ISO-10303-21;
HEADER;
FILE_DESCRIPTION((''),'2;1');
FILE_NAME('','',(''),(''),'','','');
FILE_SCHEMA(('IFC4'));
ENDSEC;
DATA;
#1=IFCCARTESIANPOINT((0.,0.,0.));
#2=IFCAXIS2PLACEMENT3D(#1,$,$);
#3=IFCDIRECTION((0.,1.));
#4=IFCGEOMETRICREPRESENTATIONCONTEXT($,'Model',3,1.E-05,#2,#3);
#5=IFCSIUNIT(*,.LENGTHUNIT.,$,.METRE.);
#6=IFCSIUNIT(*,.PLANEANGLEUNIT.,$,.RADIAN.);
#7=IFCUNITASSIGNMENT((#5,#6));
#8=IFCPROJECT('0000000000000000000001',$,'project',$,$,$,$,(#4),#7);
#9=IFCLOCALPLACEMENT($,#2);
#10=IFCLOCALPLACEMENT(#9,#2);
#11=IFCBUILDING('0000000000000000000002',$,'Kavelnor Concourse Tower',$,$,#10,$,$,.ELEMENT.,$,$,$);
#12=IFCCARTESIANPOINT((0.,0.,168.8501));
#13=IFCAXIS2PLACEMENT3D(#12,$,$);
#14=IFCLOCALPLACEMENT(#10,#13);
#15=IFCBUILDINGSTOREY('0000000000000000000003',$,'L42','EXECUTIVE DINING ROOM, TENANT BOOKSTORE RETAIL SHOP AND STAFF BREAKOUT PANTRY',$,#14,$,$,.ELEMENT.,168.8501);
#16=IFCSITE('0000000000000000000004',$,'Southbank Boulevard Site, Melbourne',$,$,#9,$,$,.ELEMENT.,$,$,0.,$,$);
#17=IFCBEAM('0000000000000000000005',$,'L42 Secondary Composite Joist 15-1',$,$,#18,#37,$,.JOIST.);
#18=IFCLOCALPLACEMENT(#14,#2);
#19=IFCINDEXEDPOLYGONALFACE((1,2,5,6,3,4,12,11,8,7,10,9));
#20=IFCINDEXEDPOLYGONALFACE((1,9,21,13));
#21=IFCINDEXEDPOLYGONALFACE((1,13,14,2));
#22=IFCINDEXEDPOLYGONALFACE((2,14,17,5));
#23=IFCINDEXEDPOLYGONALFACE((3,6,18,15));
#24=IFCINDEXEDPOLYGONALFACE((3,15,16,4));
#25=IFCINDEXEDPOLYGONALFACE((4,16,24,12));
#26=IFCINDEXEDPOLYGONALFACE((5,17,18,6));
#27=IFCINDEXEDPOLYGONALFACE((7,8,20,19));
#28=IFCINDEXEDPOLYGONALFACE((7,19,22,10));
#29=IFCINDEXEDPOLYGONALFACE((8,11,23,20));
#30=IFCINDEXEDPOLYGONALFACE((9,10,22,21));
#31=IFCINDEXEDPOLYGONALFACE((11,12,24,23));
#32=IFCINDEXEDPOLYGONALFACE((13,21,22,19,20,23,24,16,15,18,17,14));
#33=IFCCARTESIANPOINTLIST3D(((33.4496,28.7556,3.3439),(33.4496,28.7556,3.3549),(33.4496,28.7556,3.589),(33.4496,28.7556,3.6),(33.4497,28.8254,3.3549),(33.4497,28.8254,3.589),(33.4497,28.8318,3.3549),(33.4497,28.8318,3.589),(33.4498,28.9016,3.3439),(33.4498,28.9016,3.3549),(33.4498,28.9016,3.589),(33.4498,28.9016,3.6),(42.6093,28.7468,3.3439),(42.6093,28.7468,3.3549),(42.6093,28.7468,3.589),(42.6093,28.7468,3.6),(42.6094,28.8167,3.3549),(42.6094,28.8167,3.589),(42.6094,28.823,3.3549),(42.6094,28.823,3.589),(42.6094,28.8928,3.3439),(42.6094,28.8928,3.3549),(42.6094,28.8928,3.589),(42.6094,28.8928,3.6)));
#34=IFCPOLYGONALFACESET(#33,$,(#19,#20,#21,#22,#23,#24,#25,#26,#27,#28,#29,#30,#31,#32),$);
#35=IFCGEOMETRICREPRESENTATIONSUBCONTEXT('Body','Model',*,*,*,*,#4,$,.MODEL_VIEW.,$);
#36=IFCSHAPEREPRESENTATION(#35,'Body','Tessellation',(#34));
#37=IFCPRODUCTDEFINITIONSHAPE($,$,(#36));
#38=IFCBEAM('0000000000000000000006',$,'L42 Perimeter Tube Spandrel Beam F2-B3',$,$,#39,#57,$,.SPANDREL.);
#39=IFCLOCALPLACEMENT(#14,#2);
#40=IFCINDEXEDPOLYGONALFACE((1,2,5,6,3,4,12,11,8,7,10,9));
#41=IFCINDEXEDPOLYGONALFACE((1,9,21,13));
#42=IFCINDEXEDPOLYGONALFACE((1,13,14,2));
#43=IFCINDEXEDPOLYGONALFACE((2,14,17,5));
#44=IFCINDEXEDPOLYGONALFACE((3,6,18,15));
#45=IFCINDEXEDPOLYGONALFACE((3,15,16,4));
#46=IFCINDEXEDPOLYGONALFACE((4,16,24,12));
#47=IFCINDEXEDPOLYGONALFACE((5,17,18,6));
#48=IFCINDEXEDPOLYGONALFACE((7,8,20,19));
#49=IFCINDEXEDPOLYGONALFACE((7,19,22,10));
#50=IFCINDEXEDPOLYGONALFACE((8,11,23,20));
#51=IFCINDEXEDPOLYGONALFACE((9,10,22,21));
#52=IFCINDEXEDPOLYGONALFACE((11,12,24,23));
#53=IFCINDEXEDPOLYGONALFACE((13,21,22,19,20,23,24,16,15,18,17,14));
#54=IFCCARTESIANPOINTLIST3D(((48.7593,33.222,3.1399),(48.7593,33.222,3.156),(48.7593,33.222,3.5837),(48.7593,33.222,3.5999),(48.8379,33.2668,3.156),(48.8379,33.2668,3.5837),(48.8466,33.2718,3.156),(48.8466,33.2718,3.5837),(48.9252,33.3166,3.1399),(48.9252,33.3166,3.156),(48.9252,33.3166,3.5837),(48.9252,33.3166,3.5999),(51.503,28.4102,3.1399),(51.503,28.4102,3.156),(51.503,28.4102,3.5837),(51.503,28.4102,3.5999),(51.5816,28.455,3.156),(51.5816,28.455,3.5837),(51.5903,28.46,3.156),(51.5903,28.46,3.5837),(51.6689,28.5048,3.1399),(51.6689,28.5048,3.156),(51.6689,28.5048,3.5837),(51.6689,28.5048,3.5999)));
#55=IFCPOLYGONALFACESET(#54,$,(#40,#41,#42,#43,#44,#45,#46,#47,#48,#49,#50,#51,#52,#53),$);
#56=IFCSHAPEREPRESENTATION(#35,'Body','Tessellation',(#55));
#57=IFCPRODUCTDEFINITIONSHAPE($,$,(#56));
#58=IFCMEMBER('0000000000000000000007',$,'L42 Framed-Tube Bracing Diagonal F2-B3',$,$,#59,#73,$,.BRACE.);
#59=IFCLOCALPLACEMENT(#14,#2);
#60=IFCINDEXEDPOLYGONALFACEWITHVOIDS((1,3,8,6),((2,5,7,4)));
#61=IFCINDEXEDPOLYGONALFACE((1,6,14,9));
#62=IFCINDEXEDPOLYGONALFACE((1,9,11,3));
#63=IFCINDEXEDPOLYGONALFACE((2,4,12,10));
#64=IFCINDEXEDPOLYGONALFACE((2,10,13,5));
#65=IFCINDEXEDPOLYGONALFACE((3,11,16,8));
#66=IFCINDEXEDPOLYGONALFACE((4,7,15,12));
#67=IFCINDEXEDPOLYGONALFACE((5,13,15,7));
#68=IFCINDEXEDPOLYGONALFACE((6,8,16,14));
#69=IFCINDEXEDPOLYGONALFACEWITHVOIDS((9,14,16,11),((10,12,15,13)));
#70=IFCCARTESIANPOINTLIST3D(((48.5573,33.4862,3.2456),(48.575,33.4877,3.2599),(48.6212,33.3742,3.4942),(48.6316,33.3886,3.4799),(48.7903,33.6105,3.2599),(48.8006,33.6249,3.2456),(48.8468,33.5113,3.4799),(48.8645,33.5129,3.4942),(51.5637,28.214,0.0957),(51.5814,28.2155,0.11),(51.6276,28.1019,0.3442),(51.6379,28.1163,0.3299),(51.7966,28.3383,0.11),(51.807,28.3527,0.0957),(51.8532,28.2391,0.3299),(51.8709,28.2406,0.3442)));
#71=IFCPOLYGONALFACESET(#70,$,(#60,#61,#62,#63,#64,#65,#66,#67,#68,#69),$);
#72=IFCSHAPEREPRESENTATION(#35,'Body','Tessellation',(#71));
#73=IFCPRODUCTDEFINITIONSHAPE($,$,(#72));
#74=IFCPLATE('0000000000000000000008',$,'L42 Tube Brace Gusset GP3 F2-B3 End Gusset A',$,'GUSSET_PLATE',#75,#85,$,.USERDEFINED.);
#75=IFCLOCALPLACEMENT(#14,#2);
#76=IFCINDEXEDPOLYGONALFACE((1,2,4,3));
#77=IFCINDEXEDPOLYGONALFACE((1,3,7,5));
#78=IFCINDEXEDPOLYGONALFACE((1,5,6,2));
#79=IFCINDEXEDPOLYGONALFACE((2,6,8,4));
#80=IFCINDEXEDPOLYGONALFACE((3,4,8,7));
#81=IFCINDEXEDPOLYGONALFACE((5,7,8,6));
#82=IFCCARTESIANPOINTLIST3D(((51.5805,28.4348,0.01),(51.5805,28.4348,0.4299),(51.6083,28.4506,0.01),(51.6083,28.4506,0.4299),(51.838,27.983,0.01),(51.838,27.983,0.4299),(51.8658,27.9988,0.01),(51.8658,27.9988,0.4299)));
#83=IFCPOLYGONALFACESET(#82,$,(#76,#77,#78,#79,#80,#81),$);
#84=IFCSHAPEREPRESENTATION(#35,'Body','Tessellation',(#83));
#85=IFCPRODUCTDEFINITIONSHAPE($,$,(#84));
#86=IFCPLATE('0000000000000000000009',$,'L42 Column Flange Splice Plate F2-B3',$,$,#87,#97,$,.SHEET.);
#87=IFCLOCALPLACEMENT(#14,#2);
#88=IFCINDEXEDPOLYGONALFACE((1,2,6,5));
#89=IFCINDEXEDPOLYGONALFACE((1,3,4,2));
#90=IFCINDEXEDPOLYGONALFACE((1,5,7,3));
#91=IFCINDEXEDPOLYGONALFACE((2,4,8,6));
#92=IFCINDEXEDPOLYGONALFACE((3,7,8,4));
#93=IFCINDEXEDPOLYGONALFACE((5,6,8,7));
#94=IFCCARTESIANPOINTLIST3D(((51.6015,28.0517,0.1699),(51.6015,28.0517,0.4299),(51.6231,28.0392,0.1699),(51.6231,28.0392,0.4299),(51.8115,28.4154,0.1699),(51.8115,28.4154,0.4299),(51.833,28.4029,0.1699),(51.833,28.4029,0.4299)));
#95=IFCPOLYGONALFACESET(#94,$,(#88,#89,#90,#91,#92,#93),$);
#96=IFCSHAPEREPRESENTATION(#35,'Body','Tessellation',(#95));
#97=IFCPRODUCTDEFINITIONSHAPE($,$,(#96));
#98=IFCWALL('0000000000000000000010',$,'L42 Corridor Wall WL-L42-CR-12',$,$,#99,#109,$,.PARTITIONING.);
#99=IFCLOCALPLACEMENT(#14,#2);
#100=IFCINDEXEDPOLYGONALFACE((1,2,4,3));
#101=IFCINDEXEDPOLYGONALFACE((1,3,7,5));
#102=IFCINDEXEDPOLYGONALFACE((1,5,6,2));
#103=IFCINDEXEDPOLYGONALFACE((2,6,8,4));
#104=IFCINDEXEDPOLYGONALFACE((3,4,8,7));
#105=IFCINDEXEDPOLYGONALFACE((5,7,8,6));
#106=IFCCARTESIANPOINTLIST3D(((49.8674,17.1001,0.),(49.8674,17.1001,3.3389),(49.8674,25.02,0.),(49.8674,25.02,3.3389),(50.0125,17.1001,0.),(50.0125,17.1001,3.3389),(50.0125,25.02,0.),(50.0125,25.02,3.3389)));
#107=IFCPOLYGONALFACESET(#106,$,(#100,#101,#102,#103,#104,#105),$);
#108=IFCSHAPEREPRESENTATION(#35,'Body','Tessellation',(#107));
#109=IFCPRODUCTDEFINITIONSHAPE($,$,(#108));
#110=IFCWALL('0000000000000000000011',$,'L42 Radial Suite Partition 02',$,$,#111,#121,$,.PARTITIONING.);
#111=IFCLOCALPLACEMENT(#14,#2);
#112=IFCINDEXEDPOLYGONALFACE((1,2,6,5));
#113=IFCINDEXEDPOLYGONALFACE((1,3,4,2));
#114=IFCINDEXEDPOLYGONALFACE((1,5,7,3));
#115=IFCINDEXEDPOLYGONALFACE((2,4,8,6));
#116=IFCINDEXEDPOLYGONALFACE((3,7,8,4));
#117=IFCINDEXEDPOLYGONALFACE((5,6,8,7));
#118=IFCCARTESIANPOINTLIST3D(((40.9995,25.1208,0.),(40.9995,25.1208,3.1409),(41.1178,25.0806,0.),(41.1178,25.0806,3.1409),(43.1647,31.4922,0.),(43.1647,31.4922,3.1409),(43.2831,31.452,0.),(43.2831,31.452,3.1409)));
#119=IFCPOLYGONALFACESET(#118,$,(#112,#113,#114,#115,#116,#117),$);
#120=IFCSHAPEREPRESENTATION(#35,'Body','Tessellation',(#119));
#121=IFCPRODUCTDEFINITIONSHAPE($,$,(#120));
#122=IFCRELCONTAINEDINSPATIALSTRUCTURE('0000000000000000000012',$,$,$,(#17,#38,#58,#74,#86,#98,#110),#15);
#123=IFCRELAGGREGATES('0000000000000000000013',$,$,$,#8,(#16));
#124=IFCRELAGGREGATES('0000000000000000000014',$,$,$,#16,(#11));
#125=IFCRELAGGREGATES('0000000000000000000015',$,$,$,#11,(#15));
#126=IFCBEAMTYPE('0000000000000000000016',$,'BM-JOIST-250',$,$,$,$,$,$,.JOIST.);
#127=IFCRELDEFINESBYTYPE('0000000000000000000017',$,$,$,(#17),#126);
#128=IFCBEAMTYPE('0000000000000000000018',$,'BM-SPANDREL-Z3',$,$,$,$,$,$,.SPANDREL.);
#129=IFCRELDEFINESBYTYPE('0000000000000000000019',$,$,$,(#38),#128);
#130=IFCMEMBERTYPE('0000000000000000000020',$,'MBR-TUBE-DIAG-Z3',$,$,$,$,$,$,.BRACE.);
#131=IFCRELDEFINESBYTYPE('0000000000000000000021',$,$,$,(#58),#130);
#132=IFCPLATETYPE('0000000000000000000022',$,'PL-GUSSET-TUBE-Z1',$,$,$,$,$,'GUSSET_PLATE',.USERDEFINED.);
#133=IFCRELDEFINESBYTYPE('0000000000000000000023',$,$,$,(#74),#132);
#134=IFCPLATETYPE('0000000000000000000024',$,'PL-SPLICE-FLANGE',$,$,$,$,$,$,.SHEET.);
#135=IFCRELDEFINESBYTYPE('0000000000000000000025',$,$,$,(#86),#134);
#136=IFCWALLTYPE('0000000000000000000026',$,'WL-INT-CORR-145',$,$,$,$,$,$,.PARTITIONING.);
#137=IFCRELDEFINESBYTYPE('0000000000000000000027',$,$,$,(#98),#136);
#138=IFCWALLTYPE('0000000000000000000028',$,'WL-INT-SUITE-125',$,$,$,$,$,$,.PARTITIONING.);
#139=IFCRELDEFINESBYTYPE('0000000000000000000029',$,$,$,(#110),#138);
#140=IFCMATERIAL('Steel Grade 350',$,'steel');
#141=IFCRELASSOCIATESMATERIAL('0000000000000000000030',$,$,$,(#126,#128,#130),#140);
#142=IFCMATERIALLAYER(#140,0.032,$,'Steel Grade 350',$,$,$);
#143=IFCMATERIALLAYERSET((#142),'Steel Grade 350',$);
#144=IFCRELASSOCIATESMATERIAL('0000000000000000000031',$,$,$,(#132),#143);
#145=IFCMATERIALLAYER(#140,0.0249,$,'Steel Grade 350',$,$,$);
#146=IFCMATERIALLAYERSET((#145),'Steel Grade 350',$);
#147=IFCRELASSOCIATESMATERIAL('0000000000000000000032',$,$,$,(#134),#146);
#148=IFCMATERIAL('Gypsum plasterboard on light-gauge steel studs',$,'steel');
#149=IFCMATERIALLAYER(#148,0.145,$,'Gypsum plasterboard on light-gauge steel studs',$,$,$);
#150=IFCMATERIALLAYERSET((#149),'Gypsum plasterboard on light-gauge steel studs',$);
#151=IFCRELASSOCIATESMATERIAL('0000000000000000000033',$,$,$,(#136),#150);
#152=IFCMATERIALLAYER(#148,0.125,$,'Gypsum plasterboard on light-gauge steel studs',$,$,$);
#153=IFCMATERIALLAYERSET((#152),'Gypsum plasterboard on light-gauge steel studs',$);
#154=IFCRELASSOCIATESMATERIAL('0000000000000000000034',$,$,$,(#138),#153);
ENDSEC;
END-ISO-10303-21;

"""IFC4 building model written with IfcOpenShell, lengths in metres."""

from ifc_helpers import new_model, si_unit, direction, frame, frame_2d, origin, origin_2d, place, context, subcontext, project, spatial, rectangle, hollow_rectangle, i_section, extrude, material, layer, layer_set, material_profile, profile_set, type_object, element, save


model = new_model("IFC4")

# Units and contexts
model_context = context("Model", 3, precision=1e-05, world=origin(), true_north=direction((0.0, 1.0)))
body_context = subcontext(model_context, "Body", "Model", "MODEL_VIEW")
ifc_project = project(units=[si_unit("LENGTHUNIT", "METRE"), si_unit("PLANEANGLEUNIT", "RADIAN")], contexts=[model_context])

# Site, building, storey
site_placement = place(None, origin())
site = spatial("IfcSite", under=ifc_project, at=site_placement, Name="Southbank Boulevard Site, Melbourne", CompositionType="ELEMENT", RefElevation=0.0)
building_placement = place(site_placement, origin())
building = spatial("IfcBuilding", under=site, at=building_placement, Name="Kavelnor Concourse Tower", CompositionType="ELEMENT")
storey_placement = place(building_placement, frame((0.0, 0.0, 168.8501)))
storey = spatial("IfcBuildingStorey", under=building, at=storey_placement, Name="L42", Description="EXECUTIVE DINING ROOM, TENANT BOOKSTORE RETAIL SHOP AND STAFF BREAKOUT PANTRY", CompositionType="ELEMENT", Elevation=168.8501)

# Shared definitions
ifc_material_1 = material(Name="Steel Grade 350", Category="steel")

# Beams
ifc_material_profile_1 = material_profile(ifc_material_1, i_section(OverallWidth=0.146, OverallDepth=0.2561, WebThickness=0.0063, FlangeThickness=0.011, at=origin_2d()), Name="250UB37")
ifc_profile_set_1 = profile_set([ifc_material_profile_1], Name="Steel Grade 350")
beam_type_1 = type_object("IfcBeamType", Name="BM-JOIST-250", PredefinedType="JOIST", material=ifc_profile_set_1)
beam_1_placement = place(storey_placement, frame((42.6094, 28.8198, 3.4719), z_axis=(-1.0, 0.00096, 0.0), x_axis=(-0.00096, -1.0, 0.0)))
element("IfcBeam", 1, at=beam_1_placement, inside=storey, type_object=beam_type_1, Name="L42 Secondary Composite Joist 15-1", PredefinedType="JOIST", context=body_context, shape_type="SweptSolid", body=[
    extrude(i_section(OverallWidth=0.146, OverallDepth=0.2561, WebThickness=0.0063, FlangeThickness=0.011, at=origin_2d()), origin(), (0.0, 0.0, 1.0), 9.1597),
])
ifc_material_profile_2 = material_profile(ifc_material_1, i_section(OverallWidth=0.1909, OverallDepth=0.46, WebThickness=0.01, FlangeThickness=0.0161, at=origin_2d()), Name="460UB82")
ifc_profile_set_2 = profile_set([ifc_material_profile_2], Name="Steel Grade 350")
beam_type_2 = type_object("IfcBeamType", Name="BM-SPANDREL-Z3", PredefinedType="SPANDREL", material=ifc_profile_set_2)
beam_2_placement = place(storey_placement, frame((51.5859, 28.4575, 3.3699), z_axis=(-0.495332, 0.868704, 0.0), x_axis=(-0.868704, -0.495332, 0.0)))
element("IfcBeam", 2, at=beam_2_placement, inside=storey, type_object=beam_type_2, Name="L42 Perimeter Tube Spandrel Beam F2-B3", PredefinedType="SPANDREL", context=body_context, shape_type="SweptSolid", body=[
    extrude(i_section(OverallWidth=0.1909, OverallDepth=0.46, WebThickness=0.01, FlangeThickness=0.0161, at=origin_2d()), origin(), (0.0, 0.0, 1.0), 5.5391),
])

# Member
ifc_material_profile_3 = material_profile(ifc_material_1, hollow_rectangle(XDim=0.28, YDim=0.28, WallThickness=0.0161, at=origin_2d()), Name="SHS 280x280x16")
ifc_profile_set_3 = profile_set([ifc_material_profile_3], Name="Steel Grade 350")
member_type = type_object("IfcMemberType", Name="MBR-TUBE-DIAG-Z3", PredefinedType="BRACE", material=ifc_profile_set_3)
member_placement = place(storey_placement, frame((51.7173, 28.2273, 0.22), z_axis=(-0.439662, 0.771034, 0.460656), x_axis=(-0.868693, -0.49535, 0.0)))
element("IfcMember", 3, at=member_placement, inside=storey, type_object=member_type, Name="L42 Framed-Tube Bracing Diagonal F2-B3", PredefinedType="BRACE", context=body_context, shape_type="SweptSolid", body=[
    extrude(hollow_rectangle(XDim=0.28, YDim=0.28, WallThickness=0.0161, at=origin_2d()), origin(), (0.0, 0.0, 1.0), 6.8379),
])

# Plates
ifc_layer_1 = layer(ifc_material_1, 0.032, Name="Steel Grade 350")
ifc_layer_set_1 = layer_set([ifc_layer_1], Name="Steel Grade 350")
plate_type_1 = type_object("IfcPlateType", Name="PL-GUSSET-TUBE-Z1", ElementType="GUSSET_PLATE", PredefinedType="USERDEFINED", material=ifc_layer_set_1)
plate_1_placement = place(storey_placement, frame((51.7231, 28.2168, 0.01), z_axis=(0.0, 0.0, 1.0), x_axis=(-0.495307, 0.868718, 0.0)))
element("IfcPlate", 4, at=plate_1_placement, inside=storey, type_object=plate_type_1, Name="L42 Tube Brace Gusset GP3 F2-B3 End Gusset A", ObjectType="GUSSET_PLATE", PredefinedType="USERDEFINED", context=body_context, shape_type="SweptSolid", body=[
    extrude(rectangle(XDim=0.52, YDim=0.032, at=origin_2d()), origin(), (0.0, 0.0, 1.0), 0.4199),
])
ifc_layer_2 = layer(ifc_material_1, 0.0249, Name="Steel Grade 350")
ifc_layer_set_2 = layer_set([ifc_layer_2], Name="Steel Grade 350")
plate_type_2 = type_object("IfcPlateType", Name="PL-SPLICE-FLANGE", PredefinedType="SHEET", material=ifc_layer_set_2)
plate_2_placement = place(storey_placement, frame((51.7173, 28.2273, 0.1699), z_axis=(0.0, 0.0, 1.0), x_axis=(-0.5, -0.866025, 0.0)))
element("IfcPlate", 5, at=plate_2_placement, inside=storey, type_object=plate_type_2, Name="L42 Column Flange Splice Plate F2-B3", PredefinedType="SHEET", context=body_context, shape_type="SweptSolid", body=[
    extrude(rectangle(XDim=0.4199, YDim=0.0249, at=origin_2d()), origin(), (0.0, 0.0, 1.0), 0.26),
])

# Walls
ifc_material_2 = material(Name="Gypsum plasterboard on light-gauge steel studs", Category="steel")
ifc_layer_3 = layer(ifc_material_2, 0.145, Name="Gypsum plasterboard on light-gauge steel studs")
ifc_layer_set_3 = layer_set([ifc_layer_3], Name="Gypsum plasterboard on light-gauge steel studs")
wall_type_1 = type_object("IfcWallType", Name="WL-INT-CORR-145", PredefinedType="PARTITIONING", material=ifc_layer_set_3)
wall_1_placement = place(storey_placement, frame((49.9399, 25.02, 0.0), z_axis=(0.0, 0.0, 1.0), x_axis=(0.0, -1.0, 0.0)))
element("IfcWall", 6, at=wall_1_placement, inside=storey, type_object=wall_type_1, Name="L42 Corridor Wall WL-L42-CR-12", PredefinedType="PARTITIONING", context=body_context, shape_type="SweptSolid", body=[
    extrude(rectangle(XDim=7.9199, YDim=0.145, at=frame_2d((3.96, 0.0))), origin(), (0.0, 0.0, 1.0), 3.3389),
])
ifc_layer_4 = layer(ifc_material_2, 0.125, Name="Gypsum plasterboard on light-gauge steel studs")
ifc_layer_set_4 = layer_set([ifc_layer_4], Name="Gypsum plasterboard on light-gauge steel studs")
wall_type_2 = type_object("IfcWallType", Name="WL-INT-SUITE-125", PredefinedType="PARTITIONING", material=ifc_layer_set_4)
wall_2_placement = place(storey_placement, frame((41.0586, 25.1006, 0.0), z_axis=(0.0, 0.0, 1.0), x_axis=(0.321773, 0.946817, 0.0)))
element("IfcWall", 7, at=wall_2_placement, inside=storey, type_object=wall_type_2, Name="L42 Radial Suite Partition 02", PredefinedType="PARTITIONING", context=body_context, shape_type="SweptSolid", body=[
    extrude(rectangle(XDim=6.7292, YDim=0.125, at=frame_2d((3.3647, 0.0))), origin(), (0.0, 0.0, 1.0), 3.1409),
])

save(model, "model.ifc")
